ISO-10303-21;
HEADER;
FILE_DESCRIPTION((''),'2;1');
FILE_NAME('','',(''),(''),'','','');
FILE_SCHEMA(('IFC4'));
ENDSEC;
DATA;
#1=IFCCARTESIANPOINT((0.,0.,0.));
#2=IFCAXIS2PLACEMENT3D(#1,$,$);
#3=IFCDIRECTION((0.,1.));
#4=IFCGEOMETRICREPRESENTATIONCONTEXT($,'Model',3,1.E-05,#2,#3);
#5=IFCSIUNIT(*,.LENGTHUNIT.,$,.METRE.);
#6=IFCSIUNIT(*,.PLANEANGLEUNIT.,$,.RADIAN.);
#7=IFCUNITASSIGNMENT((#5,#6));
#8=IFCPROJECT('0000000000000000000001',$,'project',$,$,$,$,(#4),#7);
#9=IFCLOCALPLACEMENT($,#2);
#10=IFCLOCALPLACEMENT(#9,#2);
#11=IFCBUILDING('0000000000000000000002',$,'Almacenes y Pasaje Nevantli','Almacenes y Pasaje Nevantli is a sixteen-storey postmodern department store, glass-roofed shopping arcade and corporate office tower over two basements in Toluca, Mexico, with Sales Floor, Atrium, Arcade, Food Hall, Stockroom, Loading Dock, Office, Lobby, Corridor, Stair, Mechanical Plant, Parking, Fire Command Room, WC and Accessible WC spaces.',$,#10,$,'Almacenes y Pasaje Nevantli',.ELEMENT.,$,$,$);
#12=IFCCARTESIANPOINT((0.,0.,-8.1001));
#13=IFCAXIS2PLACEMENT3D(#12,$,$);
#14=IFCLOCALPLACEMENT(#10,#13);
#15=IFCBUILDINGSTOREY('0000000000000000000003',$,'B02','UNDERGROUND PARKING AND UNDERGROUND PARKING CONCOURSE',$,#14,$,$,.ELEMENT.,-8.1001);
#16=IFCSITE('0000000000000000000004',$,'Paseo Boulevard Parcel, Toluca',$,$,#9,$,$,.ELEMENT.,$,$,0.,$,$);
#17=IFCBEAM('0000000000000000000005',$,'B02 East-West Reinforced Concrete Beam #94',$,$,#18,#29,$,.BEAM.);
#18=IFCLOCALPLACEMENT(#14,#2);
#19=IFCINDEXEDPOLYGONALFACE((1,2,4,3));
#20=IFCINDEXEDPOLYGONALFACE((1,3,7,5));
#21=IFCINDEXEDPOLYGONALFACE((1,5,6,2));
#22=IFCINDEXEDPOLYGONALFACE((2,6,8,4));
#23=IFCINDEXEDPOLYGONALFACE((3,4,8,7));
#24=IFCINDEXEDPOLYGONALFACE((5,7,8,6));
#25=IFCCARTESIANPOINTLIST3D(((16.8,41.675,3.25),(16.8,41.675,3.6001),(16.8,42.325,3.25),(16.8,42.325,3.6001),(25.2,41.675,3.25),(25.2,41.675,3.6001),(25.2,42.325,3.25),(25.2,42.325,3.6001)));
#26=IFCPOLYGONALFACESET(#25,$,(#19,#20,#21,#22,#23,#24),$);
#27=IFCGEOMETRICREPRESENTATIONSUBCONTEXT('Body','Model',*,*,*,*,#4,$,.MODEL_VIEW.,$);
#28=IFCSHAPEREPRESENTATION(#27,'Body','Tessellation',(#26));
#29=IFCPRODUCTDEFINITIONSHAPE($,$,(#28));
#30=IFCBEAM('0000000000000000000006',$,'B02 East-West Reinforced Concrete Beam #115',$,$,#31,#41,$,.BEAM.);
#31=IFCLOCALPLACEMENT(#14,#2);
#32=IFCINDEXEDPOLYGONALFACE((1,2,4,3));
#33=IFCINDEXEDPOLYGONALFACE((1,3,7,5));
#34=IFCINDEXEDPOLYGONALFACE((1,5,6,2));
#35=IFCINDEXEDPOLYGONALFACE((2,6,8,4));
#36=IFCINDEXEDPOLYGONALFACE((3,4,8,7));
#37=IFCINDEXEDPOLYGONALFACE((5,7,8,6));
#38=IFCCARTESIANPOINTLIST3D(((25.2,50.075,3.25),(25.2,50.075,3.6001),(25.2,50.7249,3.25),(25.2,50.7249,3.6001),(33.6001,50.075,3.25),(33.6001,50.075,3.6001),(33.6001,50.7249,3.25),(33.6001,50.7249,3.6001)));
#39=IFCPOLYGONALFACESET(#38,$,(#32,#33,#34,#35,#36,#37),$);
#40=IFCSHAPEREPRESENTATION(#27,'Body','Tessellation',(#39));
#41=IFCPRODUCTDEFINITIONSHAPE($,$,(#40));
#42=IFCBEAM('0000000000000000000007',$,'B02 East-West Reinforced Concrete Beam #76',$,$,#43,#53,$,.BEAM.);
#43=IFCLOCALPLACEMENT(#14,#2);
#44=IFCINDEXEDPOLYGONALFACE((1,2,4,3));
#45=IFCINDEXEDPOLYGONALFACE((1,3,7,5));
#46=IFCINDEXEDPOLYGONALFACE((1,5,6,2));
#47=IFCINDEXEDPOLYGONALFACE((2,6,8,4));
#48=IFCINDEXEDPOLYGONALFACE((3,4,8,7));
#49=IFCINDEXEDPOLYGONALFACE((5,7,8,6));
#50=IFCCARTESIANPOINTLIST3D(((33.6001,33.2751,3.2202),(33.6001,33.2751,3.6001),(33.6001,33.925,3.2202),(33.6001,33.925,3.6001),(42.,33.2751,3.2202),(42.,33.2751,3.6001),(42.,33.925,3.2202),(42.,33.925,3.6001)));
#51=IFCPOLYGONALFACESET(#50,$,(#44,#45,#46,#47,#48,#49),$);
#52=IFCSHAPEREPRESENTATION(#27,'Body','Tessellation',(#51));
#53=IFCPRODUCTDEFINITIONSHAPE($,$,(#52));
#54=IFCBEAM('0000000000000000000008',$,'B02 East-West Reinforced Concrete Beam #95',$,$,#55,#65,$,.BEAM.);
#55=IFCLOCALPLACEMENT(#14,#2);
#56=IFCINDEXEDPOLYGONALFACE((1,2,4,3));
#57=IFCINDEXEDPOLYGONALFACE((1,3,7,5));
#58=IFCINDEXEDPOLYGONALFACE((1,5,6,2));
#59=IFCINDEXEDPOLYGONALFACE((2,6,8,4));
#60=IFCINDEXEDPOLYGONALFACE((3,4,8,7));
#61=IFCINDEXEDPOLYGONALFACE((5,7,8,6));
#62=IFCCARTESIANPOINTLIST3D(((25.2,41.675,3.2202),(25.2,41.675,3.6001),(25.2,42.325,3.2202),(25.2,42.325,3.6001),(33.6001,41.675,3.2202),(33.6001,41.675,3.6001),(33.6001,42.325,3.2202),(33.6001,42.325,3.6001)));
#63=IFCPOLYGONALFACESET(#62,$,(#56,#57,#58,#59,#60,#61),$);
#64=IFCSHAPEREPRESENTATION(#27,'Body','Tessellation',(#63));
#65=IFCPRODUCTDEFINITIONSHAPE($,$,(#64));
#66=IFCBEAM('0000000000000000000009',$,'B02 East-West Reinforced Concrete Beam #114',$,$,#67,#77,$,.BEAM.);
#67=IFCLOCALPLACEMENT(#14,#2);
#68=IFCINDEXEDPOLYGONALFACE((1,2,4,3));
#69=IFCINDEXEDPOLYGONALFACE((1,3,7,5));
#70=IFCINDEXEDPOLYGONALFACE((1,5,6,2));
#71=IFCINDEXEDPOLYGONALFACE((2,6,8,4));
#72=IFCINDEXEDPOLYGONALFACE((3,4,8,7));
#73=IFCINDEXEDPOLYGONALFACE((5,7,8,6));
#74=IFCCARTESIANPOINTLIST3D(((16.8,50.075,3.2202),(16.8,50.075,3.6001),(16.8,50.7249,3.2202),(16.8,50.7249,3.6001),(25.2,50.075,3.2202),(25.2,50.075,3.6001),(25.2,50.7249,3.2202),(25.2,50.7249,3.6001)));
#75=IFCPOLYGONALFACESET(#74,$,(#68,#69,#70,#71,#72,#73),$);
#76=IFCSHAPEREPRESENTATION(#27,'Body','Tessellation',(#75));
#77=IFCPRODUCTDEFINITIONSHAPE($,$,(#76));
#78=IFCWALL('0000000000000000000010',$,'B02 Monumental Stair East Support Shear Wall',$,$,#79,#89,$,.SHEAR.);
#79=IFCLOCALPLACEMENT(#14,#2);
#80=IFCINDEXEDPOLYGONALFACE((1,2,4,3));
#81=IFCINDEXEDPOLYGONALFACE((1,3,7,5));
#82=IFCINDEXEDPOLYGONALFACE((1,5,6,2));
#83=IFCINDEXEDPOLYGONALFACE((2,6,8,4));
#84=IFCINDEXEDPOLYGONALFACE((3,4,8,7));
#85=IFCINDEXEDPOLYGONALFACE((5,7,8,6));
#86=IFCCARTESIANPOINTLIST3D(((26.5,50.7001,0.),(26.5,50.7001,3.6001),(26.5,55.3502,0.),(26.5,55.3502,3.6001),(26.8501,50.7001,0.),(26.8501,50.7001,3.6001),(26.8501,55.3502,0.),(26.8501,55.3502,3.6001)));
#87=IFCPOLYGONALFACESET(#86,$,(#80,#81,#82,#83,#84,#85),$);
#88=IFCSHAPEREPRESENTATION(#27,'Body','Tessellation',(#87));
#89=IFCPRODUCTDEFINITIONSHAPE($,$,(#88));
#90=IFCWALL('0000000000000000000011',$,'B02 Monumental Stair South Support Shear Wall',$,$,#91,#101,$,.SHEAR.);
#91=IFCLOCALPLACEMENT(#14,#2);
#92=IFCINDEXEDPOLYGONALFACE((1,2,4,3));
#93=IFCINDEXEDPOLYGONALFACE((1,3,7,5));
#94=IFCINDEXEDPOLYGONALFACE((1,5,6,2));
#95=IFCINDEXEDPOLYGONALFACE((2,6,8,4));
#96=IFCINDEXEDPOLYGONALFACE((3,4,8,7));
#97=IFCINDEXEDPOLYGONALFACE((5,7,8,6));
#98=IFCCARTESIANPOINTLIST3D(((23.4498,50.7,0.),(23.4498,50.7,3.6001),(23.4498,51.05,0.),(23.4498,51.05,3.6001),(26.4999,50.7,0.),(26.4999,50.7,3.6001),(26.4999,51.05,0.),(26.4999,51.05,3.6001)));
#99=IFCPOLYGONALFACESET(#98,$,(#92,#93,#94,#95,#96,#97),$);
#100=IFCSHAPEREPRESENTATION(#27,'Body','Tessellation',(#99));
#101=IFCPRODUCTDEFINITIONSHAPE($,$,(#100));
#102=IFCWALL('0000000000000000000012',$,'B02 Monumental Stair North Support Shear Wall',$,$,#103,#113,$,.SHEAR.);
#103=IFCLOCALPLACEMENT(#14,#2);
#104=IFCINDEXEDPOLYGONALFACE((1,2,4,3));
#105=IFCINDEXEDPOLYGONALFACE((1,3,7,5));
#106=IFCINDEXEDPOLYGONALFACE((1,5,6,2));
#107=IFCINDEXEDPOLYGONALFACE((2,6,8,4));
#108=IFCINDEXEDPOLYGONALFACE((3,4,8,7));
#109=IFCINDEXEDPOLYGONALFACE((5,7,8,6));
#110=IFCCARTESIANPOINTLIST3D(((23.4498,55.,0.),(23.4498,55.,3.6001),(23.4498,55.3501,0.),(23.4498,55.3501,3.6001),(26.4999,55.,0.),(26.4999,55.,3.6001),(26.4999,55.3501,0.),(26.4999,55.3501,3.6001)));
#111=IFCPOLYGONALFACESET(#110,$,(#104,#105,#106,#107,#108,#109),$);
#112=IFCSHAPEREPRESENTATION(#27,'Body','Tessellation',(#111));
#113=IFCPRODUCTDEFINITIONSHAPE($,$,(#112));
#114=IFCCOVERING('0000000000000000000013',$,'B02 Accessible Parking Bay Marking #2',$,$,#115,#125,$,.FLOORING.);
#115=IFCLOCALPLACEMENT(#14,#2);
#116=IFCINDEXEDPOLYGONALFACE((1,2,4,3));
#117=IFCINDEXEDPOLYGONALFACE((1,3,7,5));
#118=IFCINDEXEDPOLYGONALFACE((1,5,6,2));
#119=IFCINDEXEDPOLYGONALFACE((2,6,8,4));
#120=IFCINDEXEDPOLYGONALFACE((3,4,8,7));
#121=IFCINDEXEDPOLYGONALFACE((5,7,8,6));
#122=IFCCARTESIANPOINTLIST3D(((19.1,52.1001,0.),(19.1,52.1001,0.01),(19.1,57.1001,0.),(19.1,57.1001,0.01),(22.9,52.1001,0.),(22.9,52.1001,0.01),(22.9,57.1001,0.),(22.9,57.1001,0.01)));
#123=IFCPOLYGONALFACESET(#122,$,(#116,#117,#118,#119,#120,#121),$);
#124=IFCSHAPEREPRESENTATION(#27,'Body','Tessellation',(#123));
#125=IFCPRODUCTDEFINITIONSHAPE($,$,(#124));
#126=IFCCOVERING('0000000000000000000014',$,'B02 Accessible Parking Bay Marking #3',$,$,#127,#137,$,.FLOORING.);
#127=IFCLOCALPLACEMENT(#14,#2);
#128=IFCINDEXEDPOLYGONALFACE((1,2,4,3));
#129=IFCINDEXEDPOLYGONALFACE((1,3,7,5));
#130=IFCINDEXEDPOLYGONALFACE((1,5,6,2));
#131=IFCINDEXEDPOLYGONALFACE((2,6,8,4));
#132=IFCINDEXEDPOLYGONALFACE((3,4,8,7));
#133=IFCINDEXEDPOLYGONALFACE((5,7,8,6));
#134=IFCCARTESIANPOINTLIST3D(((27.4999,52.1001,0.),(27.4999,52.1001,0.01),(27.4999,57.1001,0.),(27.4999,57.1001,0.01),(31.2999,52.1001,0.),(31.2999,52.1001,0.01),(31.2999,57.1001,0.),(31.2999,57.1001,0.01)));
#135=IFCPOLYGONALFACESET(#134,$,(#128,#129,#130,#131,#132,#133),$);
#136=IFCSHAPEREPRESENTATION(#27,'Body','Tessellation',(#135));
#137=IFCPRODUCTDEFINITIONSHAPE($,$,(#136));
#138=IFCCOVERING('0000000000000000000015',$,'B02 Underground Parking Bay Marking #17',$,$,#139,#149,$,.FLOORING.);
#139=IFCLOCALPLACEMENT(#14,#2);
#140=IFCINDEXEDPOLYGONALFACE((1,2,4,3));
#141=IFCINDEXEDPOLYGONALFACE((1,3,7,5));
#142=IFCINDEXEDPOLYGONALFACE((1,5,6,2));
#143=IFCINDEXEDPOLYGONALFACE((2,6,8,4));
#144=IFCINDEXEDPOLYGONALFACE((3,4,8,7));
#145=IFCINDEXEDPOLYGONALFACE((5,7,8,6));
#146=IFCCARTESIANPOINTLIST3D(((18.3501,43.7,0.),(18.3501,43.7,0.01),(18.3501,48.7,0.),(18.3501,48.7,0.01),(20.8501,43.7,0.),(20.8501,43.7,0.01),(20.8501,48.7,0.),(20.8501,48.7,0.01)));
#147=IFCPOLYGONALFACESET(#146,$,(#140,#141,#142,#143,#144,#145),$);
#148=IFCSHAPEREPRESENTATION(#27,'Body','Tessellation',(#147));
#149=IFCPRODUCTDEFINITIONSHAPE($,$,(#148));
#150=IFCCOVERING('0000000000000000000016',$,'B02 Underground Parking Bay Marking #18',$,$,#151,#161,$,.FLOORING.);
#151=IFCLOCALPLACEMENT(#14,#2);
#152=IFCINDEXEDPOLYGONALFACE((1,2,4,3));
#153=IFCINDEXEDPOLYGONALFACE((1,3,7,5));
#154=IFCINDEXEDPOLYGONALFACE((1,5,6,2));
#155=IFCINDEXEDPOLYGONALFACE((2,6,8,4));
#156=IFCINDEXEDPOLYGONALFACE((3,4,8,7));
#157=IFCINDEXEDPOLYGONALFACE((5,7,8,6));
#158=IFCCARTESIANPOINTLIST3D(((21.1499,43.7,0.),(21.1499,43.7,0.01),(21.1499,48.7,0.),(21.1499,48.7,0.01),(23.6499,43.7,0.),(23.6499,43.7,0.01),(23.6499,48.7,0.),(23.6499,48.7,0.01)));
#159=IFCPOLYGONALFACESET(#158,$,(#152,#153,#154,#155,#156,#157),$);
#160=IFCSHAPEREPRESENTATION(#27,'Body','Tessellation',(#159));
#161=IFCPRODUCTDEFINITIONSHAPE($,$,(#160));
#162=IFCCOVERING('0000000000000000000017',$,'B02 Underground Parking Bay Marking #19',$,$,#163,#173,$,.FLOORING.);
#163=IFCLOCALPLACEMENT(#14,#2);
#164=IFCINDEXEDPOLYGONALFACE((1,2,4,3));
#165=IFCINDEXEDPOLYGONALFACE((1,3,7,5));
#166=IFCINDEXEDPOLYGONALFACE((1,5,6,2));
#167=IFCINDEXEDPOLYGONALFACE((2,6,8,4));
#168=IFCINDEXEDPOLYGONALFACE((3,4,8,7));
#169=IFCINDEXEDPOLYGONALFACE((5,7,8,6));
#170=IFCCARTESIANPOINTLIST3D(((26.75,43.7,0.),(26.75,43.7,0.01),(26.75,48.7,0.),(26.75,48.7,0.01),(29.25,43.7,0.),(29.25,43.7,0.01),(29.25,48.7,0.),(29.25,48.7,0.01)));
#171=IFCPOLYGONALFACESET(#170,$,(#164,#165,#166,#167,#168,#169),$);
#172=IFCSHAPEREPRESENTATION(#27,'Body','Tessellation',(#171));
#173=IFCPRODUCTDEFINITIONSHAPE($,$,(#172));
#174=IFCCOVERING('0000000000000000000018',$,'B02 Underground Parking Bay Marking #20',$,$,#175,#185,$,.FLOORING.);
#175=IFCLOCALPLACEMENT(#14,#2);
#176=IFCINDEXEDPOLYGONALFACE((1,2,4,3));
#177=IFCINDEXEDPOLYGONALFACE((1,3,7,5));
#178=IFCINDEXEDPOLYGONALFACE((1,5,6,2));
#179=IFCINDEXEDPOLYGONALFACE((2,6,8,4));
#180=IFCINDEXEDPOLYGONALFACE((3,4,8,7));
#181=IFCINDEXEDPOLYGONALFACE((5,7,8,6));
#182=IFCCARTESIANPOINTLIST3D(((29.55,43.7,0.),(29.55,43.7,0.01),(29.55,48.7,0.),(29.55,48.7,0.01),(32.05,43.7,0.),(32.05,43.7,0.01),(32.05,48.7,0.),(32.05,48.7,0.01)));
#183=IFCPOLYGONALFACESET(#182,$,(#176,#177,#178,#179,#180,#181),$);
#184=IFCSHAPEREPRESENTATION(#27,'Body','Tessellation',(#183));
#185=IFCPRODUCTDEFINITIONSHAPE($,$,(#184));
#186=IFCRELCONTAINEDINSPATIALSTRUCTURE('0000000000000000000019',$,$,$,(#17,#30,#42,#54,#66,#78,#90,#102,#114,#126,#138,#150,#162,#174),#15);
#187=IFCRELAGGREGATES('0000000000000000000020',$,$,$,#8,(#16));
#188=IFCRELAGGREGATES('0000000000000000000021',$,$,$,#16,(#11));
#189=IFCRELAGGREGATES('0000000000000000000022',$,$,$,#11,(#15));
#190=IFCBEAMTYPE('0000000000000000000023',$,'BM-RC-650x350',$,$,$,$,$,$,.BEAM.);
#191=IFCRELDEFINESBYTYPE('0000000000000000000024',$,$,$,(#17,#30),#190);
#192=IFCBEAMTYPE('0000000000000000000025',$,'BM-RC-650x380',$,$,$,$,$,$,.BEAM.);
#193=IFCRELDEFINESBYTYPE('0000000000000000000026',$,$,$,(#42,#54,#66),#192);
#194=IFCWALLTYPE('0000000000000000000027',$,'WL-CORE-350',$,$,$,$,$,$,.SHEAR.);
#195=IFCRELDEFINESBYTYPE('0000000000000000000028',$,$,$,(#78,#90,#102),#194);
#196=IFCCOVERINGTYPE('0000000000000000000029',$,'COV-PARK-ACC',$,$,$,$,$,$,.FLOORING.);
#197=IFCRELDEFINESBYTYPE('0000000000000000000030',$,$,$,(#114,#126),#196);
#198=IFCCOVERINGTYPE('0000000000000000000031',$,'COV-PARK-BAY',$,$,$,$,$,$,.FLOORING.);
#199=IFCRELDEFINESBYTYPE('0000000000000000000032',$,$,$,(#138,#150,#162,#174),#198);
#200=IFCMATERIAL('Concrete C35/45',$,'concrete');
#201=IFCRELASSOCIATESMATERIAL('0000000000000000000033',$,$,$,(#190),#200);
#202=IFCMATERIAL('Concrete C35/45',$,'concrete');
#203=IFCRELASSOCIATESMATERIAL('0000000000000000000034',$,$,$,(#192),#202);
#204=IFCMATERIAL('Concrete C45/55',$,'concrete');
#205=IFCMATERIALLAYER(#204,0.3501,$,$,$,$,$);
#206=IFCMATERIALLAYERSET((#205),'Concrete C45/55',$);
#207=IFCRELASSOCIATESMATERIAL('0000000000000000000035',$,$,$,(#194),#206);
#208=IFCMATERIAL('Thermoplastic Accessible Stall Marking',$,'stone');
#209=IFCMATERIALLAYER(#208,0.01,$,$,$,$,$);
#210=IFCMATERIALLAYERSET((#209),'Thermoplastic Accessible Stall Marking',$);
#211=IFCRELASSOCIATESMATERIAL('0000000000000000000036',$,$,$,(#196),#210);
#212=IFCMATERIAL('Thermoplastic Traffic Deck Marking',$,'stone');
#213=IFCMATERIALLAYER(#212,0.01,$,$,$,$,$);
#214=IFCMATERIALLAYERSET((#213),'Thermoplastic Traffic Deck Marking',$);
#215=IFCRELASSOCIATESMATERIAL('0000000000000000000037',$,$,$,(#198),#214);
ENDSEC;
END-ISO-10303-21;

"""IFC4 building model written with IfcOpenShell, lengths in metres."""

from ifc_helpers import new_model, si_unit, direction, frame, frame_2d, origin, origin_2d, place, context, subcontext, project, spatial, rectangle, extrude, material, layer, layer_set, material_profile, profile_set, type_object, element, save


model = new_model("IFC4")

# Units and contexts
model_context = context("Model", 3, precision=1e-05, world=origin(), true_north=direction((0.0, 1.0)))
body_context = subcontext(model_context, "Body", "Model", "MODEL_VIEW")
ifc_project = project(units=[si_unit("LENGTHUNIT", "METRE"), si_unit("PLANEANGLEUNIT", "RADIAN")], contexts=[model_context])

# Site, building, storey
site_placement = place(None, origin())
site = spatial("IfcSite", under=ifc_project, at=site_placement, Name="Paseo Boulevard Parcel, Toluca", CompositionType="ELEMENT", RefElevation=0.0)
building_placement = place(site_placement, origin())
building = spatial("IfcBuilding", under=site, at=building_placement, Name="Almacenes y Pasaje Nevantli", Description="Almacenes y Pasaje Nevantli is a sixteen-storey postmodern department store, glass-roofed shopping arcade and corporate office tower over two basements in Toluca, Mexico, with Sales Floor, Atrium, Arcade, Food Hall, Stockroom, Loading Dock, Office, Lobby, Corridor, Stair, Mechanical Plant, Parking, Fire Command Room, WC and Accessible WC spaces.", LongName="Almacenes y Pasaje Nevantli", CompositionType="ELEMENT")
storey_placement = place(building_placement, frame((0.0, 0.0, -8.1001)))
storey = spatial("IfcBuildingStorey", under=building, at=storey_placement, Name="B02", Description="UNDERGROUND PARKING AND UNDERGROUND PARKING CONCOURSE", CompositionType="ELEMENT", Elevation=-8.1001)

# Beams
ifc_material_1 = material(Name="Concrete C35/45", Category="concrete")
ifc_material_profile_1 = material_profile(ifc_material_1, rectangle(XDim=0.6499, YDim=0.3501, at=origin_2d()), Name="RC-BM-650x350")
ifc_profile_set_1 = profile_set([ifc_material_profile_1], Name="Concrete C35/45")
beam_type_1 = type_object("IfcBeamType", Name="BM-RC-650x350", PredefinedType="BEAM", material=ifc_profile_set_1)
beam_1_placement = place(storey_placement, frame((16.8, 42.0, 3.425), z_axis=(1.0, 0.0, 0.0), x_axis=(0.0, 1.0, 0.0)))
element("IfcBeam", 1, at=beam_1_placement, inside=storey, type_object=beam_type_1, Name="B02 East-West Reinforced Concrete Beam #94", PredefinedType="BEAM", context=body_context, shape_type="SweptSolid", body=[
    extrude(rectangle(XDim=0.6499, YDim=0.3501, at=origin_2d()), origin(), (0.0, 0.0, 1.0), 8.3999),
])
beam_2_placement = place(storey_placement, frame((25.2, 50.3999, 3.425), z_axis=(1.0, 0.0, 0.0), x_axis=(0.0, 1.0, 0.0)))
element("IfcBeam", 2, at=beam_2_placement, inside=storey, type_object=beam_type_1, Name="B02 East-West Reinforced Concrete Beam #115", PredefinedType="BEAM", context=body_context, shape_type="SweptSolid", body=[
    extrude(rectangle(XDim=0.6499, YDim=0.3501, at=origin_2d()), origin(), (0.0, 0.0, 1.0), 8.4001),
])
ifc_material_2 = material(Name="Concrete C35/45", Category="concrete")
ifc_material_profile_2 = material_profile(ifc_material_2, rectangle(XDim=0.6499, YDim=0.3799, at=origin_2d()), Name="RC-BM-650x380")
ifc_profile_set_2 = profile_set([ifc_material_profile_2], Name="Concrete C35/45")
beam_type_2 = type_object("IfcBeamType", Name="BM-RC-650x380", PredefinedType="BEAM", material=ifc_profile_set_2)
beam_3_placement = place(storey_placement, frame((33.6001, 33.6001, 3.4102), z_axis=(1.0, 0.0, 0.0), x_axis=(0.0, 1.0, 0.0)))
element("IfcBeam", 3, at=beam_3_placement, inside=storey, type_object=beam_type_2, Name="B02 East-West Reinforced Concrete Beam #76", PredefinedType="BEAM", context=body_context, shape_type="SweptSolid", body=[
    extrude(rectangle(XDim=0.6499, YDim=0.3799, at=origin_2d()), origin(), (0.0, 0.0, 1.0), 8.3999),
])
beam_4_placement = place(storey_placement, frame((25.2, 42.0, 3.4102), z_axis=(1.0, 0.0, 0.0), x_axis=(0.0, 1.0, 0.0)))
element("IfcBeam", 4, at=beam_4_placement, inside=storey, type_object=beam_type_2, Name="B02 East-West Reinforced Concrete Beam #95", PredefinedType="BEAM", context=body_context, shape_type="SweptSolid", body=[
    extrude(rectangle(XDim=0.6499, YDim=0.3799, at=origin_2d()), origin(), (0.0, 0.0, 1.0), 8.4001),
])
beam_5_placement = place(storey_placement, frame((16.8, 50.3999, 3.4102), z_axis=(1.0, 0.0, 0.0), x_axis=(0.0, 1.0, 0.0)))
element("IfcBeam", 5, at=beam_5_placement, inside=storey, type_object=beam_type_2, Name="B02 East-West Reinforced Concrete Beam #114", PredefinedType="BEAM", context=body_context, shape_type="SweptSolid", body=[
    extrude(rectangle(XDim=0.6499, YDim=0.3799, at=origin_2d()), origin(), (0.0, 0.0, 1.0), 8.3999),
])

# Walls
ifc_material_3 = material(Name="Concrete C45/55", Category="concrete")
ifc_layer_1 = layer(ifc_material_3, 0.3501)
ifc_layer_set_1 = layer_set([ifc_layer_1], Name="Concrete C45/55")
wall_type = type_object("IfcWallType", Name="WL-CORE-350", PredefinedType="SHEAR", material=ifc_layer_set_1)
wall_placement = place(storey_placement, frame((26.675, 50.7, 0.0), z_axis=(0.0, 0.0, 1.0), x_axis=(0.0, 1.0, 0.0)))
element("IfcWall", 6, at=wall_placement, inside=storey, type_object=wall_type, Name="B02 Monumental Stair East Support Shear Wall", PredefinedType="SHEAR", context=body_context, shape_type="SweptSolid", body=[
    extrude(rectangle(XDim=4.6501, YDim=0.3501, at=frame_2d((2.3252, 0.0))), origin(), (0.0, 0.0, 1.0), 3.6001),
])
for number, where, z_axis, x_axis, name in (
    (7, (23.45, 50.875, 0.0), (0.0, 0.0, 1.0), (1.0, 0.0, 0.0), "B02 Monumental Stair South Support Shear Wall"),
    (8, (23.45, 55.175, 0.0), (0.0, 0.0, 1.0), (1.0, 0.0, 0.0), "B02 Monumental Stair North Support Shear Wall"),
):
    element("IfcWall", number, at=place(storey_placement, frame(where, z_axis=z_axis, x_axis=x_axis)), inside=storey, type_object=wall_type, Name=name, PredefinedType="SHEAR", context=body_context, shape_type="SweptSolid", body=[
        extrude(rectangle(XDim=3.05, YDim=0.3501, at=frame_2d((1.5249, 0.0))), origin(), (0.0, 0.0, 1.0), 3.6001),
    ])

# Coverings
ifc_material_4 = material(Name="Thermoplastic Accessible Stall Marking", Category="stone")
ifc_layer_2 = layer(ifc_material_4, 0.01)
ifc_layer_set_2 = layer_set([ifc_layer_2], Name="Thermoplastic Accessible Stall Marking")
covering_type_1 = type_object("IfcCoveringType", Name="COV-PARK-ACC", PredefinedType="FLOORING", material=ifc_layer_set_2)
for number, where, z_axis, x_axis, name in (
    (9, (21.0, 54.6001, 0.0), (0.0, 0.0, 1.0), (1.0, 0.0, 0.0), "B02 Accessible Parking Bay Marking #2"),
    (10, (29.3999, 54.6001, 0.0), (0.0, 0.0, 1.0), (1.0, 0.0, 0.0), "B02 Accessible Parking Bay Marking #3"),
):
    element("IfcCovering", number, at=place(storey_placement, frame(where, z_axis=z_axis, x_axis=x_axis)), inside=storey, type_object=covering_type_1, Name=name, PredefinedType="FLOORING", context=body_context, shape_type="SweptSolid", body=[
        extrude(rectangle(XDim=3.8, YDim=5.0, at=origin_2d()), origin(), (0.0, 0.0, 1.0), 0.01),
    ])
ifc_material_5 = material(Name="Thermoplastic Traffic Deck Marking", Category="stone")
ifc_layer_3 = layer(ifc_material_5, 0.01)
ifc_layer_set_3 = layer_set([ifc_layer_3], Name="Thermoplastic Traffic Deck Marking")
covering_type_2 = type_object("IfcCoveringType", Name="COV-PARK-BAY", PredefinedType="FLOORING", material=ifc_layer_set_3)
for number, where, z_axis, x_axis, name in (
    (11, (19.6001, 46.2, 0.0), (0.0, 0.0, 1.0), (1.0, 0.0, 0.0), "B02 Underground Parking Bay Marking #17"),
    (12, (22.3999, 46.2, 0.0), (0.0, 0.0, 1.0), (1.0, 0.0, 0.0), "B02 Underground Parking Bay Marking #18"),
    (13, (28.0, 46.2, 0.0), (0.0, 0.0, 1.0), (1.0, 0.0, 0.0), "B02 Underground Parking Bay Marking #19"),
    (14, (30.8, 46.2, 0.0), (0.0, 0.0, 1.0), (1.0, 0.0, 0.0), "B02 Underground Parking Bay Marking #20"),
):
    element("IfcCovering", number, at=place(storey_placement, frame(where, z_axis=z_axis, x_axis=x_axis)), inside=storey, type_object=covering_type_2, Name=name, PredefinedType="FLOORING", context=body_context, shape_type="SweptSolid", body=[
        extrude(rectangle(XDim=2.5, YDim=5.0, at=origin_2d()), origin(), (0.0, 0.0, 1.0), 0.01),
    ])

save(model, "model.ifc")
